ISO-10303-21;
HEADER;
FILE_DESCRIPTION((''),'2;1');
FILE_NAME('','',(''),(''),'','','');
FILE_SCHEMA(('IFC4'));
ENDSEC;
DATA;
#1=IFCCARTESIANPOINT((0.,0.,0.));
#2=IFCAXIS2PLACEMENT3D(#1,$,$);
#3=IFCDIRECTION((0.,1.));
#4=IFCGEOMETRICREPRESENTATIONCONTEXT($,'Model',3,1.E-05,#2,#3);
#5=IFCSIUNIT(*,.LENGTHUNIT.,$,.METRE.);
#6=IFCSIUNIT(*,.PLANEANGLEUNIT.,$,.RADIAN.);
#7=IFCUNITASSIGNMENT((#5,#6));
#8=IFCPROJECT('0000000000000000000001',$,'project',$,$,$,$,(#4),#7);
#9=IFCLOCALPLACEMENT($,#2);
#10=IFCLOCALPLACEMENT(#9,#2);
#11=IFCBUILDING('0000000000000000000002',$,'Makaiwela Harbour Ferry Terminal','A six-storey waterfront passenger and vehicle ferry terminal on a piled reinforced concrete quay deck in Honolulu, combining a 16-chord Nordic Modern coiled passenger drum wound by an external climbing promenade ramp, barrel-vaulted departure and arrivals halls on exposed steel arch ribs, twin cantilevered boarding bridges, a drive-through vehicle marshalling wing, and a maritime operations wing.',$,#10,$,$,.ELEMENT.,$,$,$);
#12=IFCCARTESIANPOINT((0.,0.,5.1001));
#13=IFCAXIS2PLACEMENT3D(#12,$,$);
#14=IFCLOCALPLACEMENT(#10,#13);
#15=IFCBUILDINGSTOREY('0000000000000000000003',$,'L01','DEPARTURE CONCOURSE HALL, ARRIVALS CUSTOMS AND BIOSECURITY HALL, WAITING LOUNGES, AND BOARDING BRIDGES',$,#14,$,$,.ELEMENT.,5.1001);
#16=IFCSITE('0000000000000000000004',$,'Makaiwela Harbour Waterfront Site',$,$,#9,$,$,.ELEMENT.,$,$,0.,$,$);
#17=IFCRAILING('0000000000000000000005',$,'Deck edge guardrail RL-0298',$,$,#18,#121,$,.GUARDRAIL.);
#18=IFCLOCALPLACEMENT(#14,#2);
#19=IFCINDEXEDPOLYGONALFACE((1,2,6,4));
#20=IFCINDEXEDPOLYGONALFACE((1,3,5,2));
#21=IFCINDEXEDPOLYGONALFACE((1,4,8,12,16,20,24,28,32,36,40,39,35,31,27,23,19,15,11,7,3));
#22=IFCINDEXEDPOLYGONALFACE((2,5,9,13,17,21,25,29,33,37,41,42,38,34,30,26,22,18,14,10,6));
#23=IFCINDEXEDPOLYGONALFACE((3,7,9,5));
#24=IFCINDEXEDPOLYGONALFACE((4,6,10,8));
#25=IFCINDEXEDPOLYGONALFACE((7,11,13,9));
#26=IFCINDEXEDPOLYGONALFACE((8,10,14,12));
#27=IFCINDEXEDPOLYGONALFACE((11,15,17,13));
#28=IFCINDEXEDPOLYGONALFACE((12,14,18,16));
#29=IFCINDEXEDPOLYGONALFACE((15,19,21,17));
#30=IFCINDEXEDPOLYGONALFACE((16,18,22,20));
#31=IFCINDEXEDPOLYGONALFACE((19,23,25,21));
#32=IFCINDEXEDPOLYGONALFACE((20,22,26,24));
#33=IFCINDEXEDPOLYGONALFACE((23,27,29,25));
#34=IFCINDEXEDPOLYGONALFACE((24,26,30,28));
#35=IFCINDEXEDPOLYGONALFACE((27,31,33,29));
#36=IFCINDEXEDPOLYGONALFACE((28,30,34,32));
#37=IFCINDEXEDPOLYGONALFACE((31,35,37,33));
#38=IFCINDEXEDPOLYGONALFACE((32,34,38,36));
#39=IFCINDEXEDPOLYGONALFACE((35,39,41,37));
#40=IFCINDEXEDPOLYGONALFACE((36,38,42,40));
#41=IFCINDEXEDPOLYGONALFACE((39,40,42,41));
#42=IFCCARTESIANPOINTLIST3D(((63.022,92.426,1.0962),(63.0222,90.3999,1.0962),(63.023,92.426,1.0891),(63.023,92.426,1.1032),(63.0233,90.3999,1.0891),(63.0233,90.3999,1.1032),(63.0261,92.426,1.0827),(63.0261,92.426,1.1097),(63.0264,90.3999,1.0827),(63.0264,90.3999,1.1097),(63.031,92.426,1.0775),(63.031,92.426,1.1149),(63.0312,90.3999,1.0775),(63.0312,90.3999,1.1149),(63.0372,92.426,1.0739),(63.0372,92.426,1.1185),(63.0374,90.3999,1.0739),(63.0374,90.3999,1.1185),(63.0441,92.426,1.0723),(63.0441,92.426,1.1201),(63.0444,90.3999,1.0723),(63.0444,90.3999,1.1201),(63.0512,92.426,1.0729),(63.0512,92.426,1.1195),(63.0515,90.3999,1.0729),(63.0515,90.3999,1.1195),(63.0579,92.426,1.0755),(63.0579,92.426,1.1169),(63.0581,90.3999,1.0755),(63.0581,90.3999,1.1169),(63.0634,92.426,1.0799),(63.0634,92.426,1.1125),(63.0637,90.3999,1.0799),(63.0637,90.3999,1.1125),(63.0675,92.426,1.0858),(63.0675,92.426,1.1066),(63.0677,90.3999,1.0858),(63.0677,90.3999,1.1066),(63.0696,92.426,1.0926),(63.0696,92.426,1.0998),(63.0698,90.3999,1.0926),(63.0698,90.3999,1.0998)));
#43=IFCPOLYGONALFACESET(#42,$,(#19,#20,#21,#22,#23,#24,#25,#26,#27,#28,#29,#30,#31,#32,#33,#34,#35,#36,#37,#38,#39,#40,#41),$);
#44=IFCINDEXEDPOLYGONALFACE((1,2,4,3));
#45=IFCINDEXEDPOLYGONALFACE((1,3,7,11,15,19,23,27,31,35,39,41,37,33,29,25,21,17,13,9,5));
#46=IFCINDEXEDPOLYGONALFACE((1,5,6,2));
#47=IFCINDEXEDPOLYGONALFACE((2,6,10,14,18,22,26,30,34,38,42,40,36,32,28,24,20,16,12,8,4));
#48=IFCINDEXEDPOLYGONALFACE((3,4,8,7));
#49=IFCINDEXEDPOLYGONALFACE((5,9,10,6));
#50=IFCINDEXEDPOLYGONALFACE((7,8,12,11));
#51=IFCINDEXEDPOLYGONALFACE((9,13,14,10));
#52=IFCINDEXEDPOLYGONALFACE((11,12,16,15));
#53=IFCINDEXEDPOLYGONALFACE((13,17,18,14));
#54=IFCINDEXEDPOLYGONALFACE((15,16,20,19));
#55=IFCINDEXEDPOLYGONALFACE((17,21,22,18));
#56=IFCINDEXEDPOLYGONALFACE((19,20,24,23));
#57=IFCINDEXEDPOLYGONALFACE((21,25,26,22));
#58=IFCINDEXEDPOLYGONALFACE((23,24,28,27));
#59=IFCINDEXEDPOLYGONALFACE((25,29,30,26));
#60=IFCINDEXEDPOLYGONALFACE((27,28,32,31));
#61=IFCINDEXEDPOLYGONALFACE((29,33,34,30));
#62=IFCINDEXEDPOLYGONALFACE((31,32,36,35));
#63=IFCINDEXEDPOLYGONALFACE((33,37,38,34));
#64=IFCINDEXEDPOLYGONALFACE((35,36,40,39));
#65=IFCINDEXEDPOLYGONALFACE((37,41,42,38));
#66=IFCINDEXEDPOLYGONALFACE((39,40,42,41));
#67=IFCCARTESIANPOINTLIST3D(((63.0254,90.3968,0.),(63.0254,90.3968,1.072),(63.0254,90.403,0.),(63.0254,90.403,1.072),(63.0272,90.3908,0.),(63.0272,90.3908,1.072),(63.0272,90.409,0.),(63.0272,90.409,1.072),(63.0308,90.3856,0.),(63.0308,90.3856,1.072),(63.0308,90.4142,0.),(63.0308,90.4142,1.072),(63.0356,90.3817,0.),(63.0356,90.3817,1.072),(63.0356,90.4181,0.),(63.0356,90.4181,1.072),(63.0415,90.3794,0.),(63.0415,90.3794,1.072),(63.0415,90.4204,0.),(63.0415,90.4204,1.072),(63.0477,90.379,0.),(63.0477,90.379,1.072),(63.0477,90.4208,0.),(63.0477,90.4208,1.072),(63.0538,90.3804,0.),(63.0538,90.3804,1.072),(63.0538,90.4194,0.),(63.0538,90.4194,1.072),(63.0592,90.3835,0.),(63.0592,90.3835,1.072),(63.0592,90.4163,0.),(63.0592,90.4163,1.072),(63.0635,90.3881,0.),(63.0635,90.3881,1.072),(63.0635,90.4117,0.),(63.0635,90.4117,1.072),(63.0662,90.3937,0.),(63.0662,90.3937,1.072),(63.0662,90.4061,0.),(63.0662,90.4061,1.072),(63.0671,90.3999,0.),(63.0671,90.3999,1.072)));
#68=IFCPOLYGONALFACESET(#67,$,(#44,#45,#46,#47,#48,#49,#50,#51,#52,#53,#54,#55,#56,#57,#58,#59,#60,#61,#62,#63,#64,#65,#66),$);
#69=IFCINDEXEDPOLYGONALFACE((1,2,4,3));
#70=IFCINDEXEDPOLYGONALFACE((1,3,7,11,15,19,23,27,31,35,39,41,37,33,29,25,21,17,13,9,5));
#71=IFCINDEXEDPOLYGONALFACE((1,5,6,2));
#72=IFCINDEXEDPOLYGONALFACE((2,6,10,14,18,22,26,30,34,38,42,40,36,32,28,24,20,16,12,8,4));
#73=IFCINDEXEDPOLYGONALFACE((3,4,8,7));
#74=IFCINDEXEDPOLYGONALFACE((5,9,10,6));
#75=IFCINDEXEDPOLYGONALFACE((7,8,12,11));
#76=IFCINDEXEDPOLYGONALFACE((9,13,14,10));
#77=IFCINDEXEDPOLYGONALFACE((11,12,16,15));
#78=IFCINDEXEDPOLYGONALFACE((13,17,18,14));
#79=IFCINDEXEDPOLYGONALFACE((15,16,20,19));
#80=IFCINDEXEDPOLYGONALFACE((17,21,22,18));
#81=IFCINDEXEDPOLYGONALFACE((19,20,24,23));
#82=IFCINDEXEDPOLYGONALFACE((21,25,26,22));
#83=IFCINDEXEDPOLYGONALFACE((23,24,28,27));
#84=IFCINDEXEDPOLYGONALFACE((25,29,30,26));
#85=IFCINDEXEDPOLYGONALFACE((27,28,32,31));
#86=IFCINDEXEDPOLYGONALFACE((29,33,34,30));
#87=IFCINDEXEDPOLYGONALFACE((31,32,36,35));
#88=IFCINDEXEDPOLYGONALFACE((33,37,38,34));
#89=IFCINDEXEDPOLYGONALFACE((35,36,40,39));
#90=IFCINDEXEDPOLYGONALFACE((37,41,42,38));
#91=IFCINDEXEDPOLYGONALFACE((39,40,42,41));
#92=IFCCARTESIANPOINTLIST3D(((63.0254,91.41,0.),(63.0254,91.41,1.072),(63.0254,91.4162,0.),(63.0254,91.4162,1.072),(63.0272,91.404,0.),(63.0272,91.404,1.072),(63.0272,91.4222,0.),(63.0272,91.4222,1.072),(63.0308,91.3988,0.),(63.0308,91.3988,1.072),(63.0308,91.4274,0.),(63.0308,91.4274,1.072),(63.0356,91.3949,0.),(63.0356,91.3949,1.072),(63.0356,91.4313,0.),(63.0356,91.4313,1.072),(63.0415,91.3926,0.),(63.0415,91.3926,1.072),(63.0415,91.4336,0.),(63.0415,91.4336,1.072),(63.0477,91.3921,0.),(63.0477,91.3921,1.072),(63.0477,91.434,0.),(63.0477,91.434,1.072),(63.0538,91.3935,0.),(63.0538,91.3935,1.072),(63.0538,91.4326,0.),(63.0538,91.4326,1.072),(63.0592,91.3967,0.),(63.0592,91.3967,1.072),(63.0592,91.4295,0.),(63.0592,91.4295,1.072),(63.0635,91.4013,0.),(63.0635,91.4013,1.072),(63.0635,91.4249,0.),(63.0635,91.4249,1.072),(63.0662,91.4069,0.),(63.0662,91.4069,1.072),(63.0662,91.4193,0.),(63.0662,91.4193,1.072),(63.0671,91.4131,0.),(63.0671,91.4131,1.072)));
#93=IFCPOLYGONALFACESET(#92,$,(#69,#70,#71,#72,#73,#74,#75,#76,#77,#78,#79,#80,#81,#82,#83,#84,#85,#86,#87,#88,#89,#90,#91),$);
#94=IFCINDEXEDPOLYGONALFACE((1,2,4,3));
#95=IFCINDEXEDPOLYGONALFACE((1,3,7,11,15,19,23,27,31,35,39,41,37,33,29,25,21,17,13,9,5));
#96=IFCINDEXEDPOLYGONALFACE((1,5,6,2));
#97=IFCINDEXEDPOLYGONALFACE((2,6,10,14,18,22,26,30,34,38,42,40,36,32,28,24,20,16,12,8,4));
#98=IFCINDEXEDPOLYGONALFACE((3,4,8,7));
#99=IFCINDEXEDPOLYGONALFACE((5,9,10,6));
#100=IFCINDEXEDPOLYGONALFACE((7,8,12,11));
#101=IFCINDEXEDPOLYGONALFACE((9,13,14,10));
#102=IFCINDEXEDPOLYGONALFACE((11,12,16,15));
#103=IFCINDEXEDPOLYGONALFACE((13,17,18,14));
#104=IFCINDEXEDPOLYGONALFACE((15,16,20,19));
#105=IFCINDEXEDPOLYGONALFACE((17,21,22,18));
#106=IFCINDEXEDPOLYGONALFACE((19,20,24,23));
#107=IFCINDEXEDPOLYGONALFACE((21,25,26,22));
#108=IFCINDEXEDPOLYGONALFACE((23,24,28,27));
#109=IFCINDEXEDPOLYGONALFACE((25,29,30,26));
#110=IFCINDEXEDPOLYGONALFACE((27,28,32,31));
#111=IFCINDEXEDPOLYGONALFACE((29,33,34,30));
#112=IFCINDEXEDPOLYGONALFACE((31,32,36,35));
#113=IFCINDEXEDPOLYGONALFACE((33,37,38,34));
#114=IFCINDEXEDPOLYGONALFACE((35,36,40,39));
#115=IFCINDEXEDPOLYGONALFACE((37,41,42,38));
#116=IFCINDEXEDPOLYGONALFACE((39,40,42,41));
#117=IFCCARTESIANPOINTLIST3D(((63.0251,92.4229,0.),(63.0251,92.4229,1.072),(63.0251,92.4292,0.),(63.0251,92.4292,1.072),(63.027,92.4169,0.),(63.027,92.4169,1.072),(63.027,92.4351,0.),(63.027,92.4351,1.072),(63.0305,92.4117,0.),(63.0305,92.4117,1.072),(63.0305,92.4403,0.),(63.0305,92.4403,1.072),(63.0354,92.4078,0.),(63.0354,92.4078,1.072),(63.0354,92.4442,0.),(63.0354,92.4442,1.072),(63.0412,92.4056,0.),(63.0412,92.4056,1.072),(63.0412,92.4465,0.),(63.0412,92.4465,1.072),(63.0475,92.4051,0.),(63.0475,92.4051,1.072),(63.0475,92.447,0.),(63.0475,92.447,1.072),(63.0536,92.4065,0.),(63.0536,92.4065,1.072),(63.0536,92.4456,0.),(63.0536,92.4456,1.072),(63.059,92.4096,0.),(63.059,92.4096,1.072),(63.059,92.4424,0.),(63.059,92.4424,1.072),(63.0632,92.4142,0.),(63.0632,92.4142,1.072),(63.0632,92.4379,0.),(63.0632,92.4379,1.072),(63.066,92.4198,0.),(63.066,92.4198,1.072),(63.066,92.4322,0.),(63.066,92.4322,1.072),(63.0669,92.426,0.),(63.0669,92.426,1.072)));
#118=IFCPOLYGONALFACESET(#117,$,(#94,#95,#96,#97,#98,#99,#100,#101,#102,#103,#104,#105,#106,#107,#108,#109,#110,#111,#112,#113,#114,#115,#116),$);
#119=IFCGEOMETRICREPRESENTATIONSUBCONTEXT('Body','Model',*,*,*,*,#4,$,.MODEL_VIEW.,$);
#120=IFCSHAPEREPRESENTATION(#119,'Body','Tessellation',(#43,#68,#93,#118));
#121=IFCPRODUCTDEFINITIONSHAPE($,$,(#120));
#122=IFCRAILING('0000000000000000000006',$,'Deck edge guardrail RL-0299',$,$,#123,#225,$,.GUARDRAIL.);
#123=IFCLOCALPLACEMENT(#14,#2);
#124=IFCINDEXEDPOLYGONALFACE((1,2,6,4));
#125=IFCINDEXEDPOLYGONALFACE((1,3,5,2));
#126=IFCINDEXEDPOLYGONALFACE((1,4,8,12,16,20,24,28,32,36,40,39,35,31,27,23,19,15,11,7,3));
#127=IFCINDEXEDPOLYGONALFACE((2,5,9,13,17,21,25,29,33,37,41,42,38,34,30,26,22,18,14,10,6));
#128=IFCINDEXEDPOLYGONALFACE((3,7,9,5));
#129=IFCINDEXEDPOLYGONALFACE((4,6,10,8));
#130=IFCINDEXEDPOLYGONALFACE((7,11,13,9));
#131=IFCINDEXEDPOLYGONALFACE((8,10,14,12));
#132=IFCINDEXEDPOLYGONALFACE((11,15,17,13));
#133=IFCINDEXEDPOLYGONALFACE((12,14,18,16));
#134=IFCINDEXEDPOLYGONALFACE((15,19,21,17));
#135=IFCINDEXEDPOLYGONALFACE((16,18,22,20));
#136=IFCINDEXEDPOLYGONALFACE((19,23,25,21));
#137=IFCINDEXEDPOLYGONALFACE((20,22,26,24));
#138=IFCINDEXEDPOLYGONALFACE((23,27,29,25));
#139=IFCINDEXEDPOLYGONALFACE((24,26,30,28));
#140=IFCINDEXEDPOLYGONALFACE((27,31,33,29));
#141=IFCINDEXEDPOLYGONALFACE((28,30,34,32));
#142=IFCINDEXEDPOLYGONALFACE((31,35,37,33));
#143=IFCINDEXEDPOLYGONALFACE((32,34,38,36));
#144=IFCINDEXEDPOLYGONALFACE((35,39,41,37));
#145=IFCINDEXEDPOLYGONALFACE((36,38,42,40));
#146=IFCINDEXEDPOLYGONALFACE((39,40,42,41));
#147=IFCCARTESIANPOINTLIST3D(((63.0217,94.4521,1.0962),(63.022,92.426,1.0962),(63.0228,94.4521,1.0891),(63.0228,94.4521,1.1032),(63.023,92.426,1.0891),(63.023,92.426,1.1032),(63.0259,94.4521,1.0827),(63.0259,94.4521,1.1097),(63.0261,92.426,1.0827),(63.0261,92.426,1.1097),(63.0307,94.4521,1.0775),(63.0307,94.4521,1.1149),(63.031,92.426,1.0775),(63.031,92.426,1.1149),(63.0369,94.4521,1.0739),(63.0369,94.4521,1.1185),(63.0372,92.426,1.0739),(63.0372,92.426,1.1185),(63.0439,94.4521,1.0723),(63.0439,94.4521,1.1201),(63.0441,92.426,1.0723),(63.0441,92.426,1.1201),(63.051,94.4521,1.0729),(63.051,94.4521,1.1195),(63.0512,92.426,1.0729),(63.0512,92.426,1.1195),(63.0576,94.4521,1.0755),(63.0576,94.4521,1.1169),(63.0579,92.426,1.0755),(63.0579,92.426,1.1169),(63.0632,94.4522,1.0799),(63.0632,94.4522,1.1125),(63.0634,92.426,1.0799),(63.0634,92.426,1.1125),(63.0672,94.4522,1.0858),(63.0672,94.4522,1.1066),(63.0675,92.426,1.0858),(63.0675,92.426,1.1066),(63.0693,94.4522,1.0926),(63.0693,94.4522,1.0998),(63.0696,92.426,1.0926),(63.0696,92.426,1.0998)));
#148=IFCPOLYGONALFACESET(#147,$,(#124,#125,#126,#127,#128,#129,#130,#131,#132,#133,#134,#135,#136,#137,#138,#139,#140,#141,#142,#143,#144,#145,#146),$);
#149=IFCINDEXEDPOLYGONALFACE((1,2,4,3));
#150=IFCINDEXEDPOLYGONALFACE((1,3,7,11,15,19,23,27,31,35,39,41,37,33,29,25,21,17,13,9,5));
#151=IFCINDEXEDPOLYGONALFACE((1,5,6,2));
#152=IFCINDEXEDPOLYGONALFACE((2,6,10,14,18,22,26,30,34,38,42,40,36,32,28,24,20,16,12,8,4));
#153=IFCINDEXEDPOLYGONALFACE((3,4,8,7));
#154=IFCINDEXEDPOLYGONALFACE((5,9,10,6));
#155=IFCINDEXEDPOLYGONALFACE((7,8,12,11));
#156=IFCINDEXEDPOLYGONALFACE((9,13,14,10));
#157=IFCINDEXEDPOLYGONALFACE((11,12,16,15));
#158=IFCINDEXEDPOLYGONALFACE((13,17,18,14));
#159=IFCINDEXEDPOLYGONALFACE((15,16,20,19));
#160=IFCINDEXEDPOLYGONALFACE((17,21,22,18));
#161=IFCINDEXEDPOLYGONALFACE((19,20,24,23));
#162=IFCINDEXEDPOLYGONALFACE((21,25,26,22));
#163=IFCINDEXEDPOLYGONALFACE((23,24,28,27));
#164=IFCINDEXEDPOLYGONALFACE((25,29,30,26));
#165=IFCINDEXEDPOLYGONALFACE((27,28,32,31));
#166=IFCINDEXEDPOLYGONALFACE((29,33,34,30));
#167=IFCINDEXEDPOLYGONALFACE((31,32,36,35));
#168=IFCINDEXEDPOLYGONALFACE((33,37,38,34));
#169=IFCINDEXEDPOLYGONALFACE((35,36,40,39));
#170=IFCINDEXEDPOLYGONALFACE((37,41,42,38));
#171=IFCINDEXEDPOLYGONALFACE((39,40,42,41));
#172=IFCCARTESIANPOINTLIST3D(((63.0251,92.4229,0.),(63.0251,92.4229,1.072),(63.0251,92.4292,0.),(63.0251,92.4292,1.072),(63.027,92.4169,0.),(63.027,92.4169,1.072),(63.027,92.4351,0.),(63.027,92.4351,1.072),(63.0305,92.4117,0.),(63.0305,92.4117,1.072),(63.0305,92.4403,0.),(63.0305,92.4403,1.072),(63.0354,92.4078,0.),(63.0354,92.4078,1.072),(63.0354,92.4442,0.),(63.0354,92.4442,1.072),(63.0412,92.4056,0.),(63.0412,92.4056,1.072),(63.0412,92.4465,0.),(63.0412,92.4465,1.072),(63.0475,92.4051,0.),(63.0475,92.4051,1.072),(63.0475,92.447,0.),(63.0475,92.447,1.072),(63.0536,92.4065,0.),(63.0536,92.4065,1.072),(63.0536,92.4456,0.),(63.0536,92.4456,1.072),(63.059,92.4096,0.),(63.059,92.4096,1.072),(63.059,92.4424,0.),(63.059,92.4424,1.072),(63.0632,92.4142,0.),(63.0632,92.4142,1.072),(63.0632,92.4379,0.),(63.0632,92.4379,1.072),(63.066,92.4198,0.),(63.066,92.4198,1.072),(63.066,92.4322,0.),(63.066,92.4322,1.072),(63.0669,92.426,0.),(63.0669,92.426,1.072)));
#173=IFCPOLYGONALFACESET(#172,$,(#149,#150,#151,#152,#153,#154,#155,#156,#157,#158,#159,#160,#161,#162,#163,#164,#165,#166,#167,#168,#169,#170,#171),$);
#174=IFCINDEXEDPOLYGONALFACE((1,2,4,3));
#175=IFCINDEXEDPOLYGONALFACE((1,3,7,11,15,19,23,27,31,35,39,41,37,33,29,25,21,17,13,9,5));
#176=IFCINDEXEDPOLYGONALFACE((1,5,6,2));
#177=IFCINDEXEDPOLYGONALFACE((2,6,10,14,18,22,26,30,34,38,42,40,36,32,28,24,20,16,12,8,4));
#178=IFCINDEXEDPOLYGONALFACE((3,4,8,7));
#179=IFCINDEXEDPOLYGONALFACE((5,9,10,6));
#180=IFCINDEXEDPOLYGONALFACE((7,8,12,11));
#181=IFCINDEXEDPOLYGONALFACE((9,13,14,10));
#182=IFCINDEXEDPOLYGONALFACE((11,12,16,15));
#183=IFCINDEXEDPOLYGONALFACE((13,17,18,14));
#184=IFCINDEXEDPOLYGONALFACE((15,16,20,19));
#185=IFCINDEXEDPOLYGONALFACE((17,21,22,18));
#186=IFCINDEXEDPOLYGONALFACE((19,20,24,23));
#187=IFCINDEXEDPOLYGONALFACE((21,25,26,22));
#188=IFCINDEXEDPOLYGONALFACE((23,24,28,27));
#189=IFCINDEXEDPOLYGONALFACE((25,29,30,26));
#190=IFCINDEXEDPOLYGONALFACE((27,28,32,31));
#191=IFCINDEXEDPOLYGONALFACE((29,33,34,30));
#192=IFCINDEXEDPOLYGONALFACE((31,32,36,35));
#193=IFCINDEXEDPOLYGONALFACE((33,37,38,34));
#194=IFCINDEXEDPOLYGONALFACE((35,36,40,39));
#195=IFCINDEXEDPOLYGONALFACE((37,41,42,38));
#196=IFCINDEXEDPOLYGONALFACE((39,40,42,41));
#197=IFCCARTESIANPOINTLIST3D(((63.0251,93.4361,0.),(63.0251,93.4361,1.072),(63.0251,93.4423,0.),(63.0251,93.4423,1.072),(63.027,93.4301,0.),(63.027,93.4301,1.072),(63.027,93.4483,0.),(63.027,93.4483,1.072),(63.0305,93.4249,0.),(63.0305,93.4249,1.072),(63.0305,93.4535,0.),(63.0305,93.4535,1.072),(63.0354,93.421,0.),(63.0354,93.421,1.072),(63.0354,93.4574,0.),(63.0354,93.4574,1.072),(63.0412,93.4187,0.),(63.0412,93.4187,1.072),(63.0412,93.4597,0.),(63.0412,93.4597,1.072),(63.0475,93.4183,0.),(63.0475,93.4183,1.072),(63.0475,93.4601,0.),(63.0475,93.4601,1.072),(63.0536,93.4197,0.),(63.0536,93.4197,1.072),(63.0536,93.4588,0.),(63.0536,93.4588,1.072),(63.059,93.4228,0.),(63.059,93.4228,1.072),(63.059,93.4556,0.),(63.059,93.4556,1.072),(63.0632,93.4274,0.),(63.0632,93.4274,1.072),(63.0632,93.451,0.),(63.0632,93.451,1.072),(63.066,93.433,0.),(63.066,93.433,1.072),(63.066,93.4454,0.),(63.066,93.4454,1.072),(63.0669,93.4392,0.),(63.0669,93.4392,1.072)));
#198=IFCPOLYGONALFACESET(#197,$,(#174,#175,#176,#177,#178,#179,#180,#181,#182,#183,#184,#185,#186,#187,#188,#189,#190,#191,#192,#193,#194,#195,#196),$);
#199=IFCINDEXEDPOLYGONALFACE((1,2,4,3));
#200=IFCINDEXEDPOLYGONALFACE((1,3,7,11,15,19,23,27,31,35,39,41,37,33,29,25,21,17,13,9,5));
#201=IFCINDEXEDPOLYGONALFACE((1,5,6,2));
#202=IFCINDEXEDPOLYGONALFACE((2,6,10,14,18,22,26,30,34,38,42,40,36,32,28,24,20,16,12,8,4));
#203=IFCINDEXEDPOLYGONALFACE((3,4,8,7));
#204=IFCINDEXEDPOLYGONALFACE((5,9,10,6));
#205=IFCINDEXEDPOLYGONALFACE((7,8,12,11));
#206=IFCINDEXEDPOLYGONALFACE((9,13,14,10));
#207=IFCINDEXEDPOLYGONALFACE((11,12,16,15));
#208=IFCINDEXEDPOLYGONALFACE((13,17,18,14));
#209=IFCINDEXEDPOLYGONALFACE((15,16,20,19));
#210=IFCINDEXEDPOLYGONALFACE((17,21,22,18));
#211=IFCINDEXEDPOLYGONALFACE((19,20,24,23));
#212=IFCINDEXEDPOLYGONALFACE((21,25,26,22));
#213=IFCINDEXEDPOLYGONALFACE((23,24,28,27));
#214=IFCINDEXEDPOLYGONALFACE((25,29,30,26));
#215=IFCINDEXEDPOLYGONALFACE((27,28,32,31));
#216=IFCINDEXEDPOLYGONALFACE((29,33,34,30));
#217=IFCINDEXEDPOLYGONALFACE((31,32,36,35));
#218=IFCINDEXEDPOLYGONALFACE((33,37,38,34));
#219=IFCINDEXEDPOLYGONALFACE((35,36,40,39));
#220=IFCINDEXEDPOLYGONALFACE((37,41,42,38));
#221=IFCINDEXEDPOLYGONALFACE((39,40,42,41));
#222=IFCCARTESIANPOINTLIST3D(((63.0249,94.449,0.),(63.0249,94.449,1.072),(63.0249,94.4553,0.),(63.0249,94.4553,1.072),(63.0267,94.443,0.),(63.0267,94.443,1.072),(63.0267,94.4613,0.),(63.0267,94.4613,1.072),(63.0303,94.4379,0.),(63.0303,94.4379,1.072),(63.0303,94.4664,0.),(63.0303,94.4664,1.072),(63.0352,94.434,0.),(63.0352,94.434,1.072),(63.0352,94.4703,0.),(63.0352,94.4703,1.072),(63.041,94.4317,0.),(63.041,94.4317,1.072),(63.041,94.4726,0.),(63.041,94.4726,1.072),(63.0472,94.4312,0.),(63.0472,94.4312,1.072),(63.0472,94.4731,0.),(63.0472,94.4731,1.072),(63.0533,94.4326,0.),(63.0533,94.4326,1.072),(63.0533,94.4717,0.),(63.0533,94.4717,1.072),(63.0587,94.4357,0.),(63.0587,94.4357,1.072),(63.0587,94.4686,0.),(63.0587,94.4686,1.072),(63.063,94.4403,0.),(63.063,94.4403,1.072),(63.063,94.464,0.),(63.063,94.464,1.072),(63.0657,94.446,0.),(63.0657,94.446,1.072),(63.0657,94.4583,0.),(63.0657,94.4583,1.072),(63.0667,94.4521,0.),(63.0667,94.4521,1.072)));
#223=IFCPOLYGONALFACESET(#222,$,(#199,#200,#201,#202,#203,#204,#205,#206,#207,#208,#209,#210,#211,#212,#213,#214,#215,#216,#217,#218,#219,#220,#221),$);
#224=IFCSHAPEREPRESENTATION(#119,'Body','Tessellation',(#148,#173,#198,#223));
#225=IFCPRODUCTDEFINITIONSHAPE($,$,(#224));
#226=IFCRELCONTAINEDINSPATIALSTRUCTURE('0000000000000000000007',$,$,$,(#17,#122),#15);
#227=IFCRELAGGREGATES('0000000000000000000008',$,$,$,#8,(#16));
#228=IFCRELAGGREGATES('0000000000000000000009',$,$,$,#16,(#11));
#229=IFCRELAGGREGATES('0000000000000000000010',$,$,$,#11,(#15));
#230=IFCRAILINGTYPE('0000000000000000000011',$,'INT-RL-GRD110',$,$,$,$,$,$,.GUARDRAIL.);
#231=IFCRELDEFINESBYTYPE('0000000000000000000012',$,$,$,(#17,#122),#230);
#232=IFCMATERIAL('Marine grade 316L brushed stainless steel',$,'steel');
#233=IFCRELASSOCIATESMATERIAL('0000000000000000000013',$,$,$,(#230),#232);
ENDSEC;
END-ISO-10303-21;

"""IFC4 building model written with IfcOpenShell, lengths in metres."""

from ifc_helpers import new_model, si_unit, direction, frame, origin, origin_2d, place, context, subcontext, project, spatial, circle, extrude, material, type_object, element, save


model = new_model("IFC4")

# Units and contexts
model_context = context("Model", 3, precision=1e-05, world=origin(), true_north=direction((0.0, 1.0)))
body_context = subcontext(model_context, "Body", "Model", "MODEL_VIEW")
ifc_project = project(units=[si_unit("LENGTHUNIT", "METRE"), si_unit("PLANEANGLEUNIT", "RADIAN")], contexts=[model_context])

# Site, building, storey
site_placement = place(None, origin())
site = spatial("IfcSite", under=ifc_project, at=site_placement, Name="Makaiwela Harbour Waterfront Site", CompositionType="ELEMENT", RefElevation=0.0)
building_placement = place(site_placement, origin())
building = spatial("IfcBuilding", under=site, at=building_placement, Name="Makaiwela Harbour Ferry Terminal", Description="A six-storey waterfront passenger and vehicle ferry terminal on a piled reinforced concrete quay deck in Honolulu, combining a 16-chord Nordic Modern coiled passenger drum wound by an external climbing promenade ramp, barrel-vaulted departure and arrivals halls on exposed steel arch ribs, twin cantilevered boarding bridges, a drive-through vehicle marshalling wing, and a maritime operations wing.", CompositionType="ELEMENT")
storey_placement = place(building_placement, frame((0.0, 0.0, 5.1001)))
storey = spatial("IfcBuildingStorey", under=building, at=storey_placement, Name="L01", Description="DEPARTURE CONCOURSE HALL, ARRIVALS CUSTOMS AND BIOSECURITY HALL, WAITING LOUNGES, AND BOARDING BRIDGES", CompositionType="ELEMENT", Elevation=5.1001)

# Railings
ifc_material_1 = material(Name="Marine grade 316L brushed stainless steel", Category="steel")
railing_type = type_object("IfcRailingType", Name="INT-RL-GRD110", PredefinedType="GUARDRAIL", material=ifc_material_1)
for number, where, name in (
    (1, (63.0461, 90.3999, 0.0), "Deck edge guardrail RL-0298"),
    (2, (63.0459, 92.426, 0.0), "Deck edge guardrail RL-0299"),
):
    element("IfcRailing", number, at=place(storey_placement, frame(where)), inside=storey, type_object=railing_type, Name=name, PredefinedType="GUARDRAIL", context=body_context, shape_type="SweptSolid", body=[
        extrude(circle(Radius=0.0239, at=origin_2d()), frame((0.0, 0.0, 1.0962), z_axis=(-0.00012, 1.0, 0.0), x_axis=(-1.0, -0.00012, 0.0)), (0.0, 0.0, 1.0), 2.0261),
        extrude(circle(Radius=0.021, at=origin_2d()), origin(), (0.0, 0.0, 1.0), 1.072),
        extrude(circle(Radius=0.021, at=origin_2d()), frame((0.0, 1.0132, 0.0)), (0.0, 0.0, 1.0), 1.072),
        extrude(circle(Radius=0.021, at=origin_2d()), frame((-0.0002, 2.0261, 0.0)), (0.0, 0.0, 1.0), 1.072),
    ])

save(model, "model.ifc")
